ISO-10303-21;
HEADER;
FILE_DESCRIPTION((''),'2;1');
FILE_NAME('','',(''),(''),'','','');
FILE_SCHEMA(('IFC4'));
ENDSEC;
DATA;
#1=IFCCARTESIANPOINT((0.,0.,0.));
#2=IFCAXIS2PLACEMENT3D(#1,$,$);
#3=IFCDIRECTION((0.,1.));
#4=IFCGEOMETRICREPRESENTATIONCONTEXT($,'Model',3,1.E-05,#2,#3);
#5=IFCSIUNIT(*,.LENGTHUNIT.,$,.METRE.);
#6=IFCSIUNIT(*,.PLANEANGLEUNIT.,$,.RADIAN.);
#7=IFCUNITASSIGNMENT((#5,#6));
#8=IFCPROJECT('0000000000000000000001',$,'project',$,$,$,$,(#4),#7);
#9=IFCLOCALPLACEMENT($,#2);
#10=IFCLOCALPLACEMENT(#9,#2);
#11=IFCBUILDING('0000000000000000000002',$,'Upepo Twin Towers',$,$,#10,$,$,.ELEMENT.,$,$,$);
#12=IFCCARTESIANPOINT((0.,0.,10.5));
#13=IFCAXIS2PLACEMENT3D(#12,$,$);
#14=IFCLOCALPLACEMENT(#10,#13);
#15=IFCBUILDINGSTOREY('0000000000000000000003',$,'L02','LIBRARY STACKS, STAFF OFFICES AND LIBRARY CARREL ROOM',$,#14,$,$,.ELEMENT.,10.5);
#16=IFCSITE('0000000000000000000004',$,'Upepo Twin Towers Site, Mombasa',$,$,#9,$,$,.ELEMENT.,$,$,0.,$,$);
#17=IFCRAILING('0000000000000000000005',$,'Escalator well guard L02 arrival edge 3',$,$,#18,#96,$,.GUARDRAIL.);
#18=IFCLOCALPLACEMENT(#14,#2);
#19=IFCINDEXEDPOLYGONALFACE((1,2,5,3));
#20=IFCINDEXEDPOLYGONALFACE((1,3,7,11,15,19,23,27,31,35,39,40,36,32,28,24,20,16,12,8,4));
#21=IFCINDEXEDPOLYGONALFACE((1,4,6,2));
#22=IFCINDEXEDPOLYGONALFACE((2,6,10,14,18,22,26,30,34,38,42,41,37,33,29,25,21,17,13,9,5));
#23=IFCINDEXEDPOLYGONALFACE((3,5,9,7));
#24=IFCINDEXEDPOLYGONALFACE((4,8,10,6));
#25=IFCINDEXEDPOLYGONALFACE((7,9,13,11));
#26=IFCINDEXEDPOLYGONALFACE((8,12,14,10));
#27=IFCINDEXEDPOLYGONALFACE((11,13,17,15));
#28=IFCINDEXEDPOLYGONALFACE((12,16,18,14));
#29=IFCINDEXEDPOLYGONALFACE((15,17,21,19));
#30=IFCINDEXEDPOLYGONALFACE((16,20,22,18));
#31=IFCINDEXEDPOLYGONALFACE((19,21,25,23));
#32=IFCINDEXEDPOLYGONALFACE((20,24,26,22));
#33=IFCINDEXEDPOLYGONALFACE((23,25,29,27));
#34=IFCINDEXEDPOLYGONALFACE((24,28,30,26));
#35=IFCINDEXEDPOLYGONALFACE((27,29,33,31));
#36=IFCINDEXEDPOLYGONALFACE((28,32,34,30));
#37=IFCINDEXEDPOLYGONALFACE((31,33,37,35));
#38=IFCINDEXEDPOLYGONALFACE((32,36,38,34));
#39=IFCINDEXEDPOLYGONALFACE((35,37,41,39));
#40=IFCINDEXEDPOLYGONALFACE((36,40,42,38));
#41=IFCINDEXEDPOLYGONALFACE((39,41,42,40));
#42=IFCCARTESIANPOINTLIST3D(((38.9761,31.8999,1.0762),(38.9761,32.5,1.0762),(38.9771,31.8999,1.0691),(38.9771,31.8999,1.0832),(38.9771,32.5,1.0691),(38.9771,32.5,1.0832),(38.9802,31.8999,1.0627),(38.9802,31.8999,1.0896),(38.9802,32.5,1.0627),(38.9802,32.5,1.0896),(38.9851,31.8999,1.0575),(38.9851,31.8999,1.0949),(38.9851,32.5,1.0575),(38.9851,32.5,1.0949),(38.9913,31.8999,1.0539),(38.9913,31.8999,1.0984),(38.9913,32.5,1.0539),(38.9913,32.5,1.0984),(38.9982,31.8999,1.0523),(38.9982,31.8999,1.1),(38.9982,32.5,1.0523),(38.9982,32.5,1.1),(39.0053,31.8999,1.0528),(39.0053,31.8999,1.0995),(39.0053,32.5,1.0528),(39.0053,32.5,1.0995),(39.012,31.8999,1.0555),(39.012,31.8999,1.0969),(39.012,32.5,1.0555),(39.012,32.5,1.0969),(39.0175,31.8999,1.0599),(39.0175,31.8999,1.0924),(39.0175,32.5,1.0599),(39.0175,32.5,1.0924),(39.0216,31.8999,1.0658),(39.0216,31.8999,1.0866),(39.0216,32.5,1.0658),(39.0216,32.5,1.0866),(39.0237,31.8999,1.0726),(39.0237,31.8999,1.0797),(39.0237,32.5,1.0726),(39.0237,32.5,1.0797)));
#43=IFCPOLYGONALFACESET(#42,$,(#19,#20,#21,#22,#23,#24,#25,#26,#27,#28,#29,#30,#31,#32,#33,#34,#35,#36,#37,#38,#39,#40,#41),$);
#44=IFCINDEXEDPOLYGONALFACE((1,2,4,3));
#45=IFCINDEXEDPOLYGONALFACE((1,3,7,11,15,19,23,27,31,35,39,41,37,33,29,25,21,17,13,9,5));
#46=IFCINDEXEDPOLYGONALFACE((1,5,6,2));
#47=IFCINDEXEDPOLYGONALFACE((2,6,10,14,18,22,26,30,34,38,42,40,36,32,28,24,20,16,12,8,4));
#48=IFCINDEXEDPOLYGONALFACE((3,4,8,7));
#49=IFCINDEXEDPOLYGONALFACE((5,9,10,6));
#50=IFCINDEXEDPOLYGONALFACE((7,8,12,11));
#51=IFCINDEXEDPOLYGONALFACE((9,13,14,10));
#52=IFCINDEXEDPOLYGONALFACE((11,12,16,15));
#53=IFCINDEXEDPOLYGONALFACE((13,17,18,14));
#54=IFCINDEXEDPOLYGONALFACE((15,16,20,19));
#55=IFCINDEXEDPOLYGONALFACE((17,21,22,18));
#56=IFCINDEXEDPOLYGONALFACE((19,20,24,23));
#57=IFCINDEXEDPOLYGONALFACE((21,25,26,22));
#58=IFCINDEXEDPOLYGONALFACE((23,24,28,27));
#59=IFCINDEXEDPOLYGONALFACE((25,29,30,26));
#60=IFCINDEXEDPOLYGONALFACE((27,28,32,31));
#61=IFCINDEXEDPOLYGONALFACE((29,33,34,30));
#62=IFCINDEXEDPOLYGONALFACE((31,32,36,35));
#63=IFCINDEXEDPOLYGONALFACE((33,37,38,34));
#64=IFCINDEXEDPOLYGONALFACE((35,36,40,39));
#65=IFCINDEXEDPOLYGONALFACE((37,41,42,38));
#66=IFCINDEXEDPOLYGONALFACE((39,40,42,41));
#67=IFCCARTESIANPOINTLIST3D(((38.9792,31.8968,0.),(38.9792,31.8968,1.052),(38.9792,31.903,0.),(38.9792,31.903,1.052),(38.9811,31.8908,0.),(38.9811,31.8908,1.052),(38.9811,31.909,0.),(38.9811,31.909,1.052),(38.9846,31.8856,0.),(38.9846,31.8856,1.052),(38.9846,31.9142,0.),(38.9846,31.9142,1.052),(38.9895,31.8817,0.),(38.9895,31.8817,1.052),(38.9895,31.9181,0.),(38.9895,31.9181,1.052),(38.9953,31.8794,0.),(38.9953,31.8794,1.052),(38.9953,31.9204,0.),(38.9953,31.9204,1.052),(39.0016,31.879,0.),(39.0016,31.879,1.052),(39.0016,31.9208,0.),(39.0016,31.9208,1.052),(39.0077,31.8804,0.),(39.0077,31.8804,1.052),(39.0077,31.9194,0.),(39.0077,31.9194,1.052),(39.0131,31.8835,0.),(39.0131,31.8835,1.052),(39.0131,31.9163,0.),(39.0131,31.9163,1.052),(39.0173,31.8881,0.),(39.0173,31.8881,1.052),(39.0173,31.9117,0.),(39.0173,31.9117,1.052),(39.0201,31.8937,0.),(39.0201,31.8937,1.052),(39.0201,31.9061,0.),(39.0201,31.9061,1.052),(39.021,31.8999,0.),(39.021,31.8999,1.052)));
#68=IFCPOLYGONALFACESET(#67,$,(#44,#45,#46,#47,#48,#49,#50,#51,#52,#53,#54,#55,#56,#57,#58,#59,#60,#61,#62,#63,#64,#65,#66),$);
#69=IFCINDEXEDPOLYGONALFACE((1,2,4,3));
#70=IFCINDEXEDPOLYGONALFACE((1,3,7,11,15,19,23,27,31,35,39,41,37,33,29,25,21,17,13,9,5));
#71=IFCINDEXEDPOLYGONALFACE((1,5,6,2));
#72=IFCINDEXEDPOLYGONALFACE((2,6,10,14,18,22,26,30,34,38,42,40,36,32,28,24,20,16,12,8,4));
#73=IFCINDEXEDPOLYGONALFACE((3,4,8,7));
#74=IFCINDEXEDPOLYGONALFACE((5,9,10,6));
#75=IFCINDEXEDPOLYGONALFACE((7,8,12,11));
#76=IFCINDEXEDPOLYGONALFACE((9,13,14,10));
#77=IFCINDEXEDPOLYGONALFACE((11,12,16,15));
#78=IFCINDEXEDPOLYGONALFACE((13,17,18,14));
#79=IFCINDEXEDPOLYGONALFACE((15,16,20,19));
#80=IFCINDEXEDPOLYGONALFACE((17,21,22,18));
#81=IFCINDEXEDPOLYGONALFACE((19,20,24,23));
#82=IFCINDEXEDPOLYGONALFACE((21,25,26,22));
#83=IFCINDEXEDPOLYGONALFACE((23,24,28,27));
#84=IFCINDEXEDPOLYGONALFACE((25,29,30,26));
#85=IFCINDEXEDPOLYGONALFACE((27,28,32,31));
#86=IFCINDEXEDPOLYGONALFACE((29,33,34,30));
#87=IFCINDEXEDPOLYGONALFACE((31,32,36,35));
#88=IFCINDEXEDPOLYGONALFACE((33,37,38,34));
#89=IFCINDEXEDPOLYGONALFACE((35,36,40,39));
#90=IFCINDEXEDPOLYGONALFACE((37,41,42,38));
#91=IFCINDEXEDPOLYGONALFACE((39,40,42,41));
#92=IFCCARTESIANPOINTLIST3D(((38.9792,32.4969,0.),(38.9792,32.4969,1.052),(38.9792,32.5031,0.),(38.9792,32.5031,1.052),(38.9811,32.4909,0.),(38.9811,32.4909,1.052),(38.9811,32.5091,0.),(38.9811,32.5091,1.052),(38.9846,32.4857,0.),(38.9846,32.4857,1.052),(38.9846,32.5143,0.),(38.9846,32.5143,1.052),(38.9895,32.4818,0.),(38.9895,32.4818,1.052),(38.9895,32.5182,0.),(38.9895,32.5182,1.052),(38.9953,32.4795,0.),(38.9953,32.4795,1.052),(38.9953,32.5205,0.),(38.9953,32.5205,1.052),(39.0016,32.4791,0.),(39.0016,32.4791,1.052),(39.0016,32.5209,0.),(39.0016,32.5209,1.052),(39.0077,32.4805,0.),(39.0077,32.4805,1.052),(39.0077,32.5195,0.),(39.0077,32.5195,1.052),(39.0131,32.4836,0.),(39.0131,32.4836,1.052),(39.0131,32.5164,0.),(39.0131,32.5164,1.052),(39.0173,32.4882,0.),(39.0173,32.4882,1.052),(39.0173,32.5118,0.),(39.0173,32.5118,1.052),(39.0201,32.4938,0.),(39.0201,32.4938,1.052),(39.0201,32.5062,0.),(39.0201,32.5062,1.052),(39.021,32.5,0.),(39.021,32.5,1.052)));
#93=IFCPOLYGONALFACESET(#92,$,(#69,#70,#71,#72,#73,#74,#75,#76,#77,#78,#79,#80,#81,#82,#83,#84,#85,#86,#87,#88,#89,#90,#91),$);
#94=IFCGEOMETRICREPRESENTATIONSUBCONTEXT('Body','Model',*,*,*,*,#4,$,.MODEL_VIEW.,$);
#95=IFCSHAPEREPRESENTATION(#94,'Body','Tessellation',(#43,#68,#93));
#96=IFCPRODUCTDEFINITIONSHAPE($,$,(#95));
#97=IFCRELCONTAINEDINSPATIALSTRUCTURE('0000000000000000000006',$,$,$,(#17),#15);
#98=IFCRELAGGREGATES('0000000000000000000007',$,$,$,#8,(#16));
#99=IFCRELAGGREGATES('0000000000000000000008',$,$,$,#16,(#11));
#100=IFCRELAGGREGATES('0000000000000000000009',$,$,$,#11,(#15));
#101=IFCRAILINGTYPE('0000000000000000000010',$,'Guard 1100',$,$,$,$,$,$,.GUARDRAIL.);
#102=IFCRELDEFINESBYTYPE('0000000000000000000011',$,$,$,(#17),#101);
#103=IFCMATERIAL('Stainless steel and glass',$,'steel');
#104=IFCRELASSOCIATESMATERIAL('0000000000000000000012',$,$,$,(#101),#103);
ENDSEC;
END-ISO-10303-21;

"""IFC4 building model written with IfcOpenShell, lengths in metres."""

from ifc_helpers import new_model, si_unit, direction, frame, origin, origin_2d, place, context, subcontext, project, spatial, circle, extrude, material, type_object, element, save


model = new_model("IFC4")

# Units and contexts
model_context = context("Model", 3, precision=1e-05, world=origin(), true_north=direction((0.0, 1.0)))
body_context = subcontext(model_context, "Body", "Model", "MODEL_VIEW")
ifc_project = project(units=[si_unit("LENGTHUNIT", "METRE"), si_unit("PLANEANGLEUNIT", "RADIAN")], contexts=[model_context])

# Site, building, storey
site_placement = place(None, origin())
site = spatial("IfcSite", under=ifc_project, at=site_placement, Name="Upepo Twin Towers Site, Mombasa", CompositionType="ELEMENT", RefElevation=0.0)
building_placement = place(site_placement, origin())
building = spatial("IfcBuilding", under=site, at=building_placement, Name="Upepo Twin Towers", CompositionType="ELEMENT")
storey_placement = place(building_placement, frame((0.0, 0.0, 10.5)))
storey = spatial("IfcBuildingStorey", under=building, at=storey_placement, Name="L02", Description="LIBRARY STACKS, STAFF OFFICES AND LIBRARY CARREL ROOM", CompositionType="ELEMENT", Elevation=10.5)

# Railing
ifc_material_1 = material(Name="Stainless steel and glass", Category="steel")
railing_type = type_object("IfcRailingType", Name="Guard 1100", PredefinedType="GUARDRAIL", material=ifc_material_1)
for number, where, name in (
    (1, (39.0, 31.8999, 0.0), "Escalator well guard L02 arrival edge 3"),
):
    element("IfcRailing", number, at=place(storey_placement, frame(where)), inside=storey, type_object=railing_type, Name=name, PredefinedType="GUARDRAIL", context=body_context, shape_type="SweptSolid", body=[
        extrude(circle(Radius=0.0239, at=origin_2d()), frame((0.0, 0.0, 1.0762), z_axis=(0.0, 1.0, 0.0), x_axis=(-1.0, 0.0, 0.0)), (0.0, 0.0, 1.0), 0.6001),
        extrude(circle(Radius=0.021, at=origin_2d()), origin(), (0.0, 0.0, 1.0), 1.052),
        extrude(circle(Radius=0.021, at=origin_2d()), frame((0.0, 0.6001, 0.0)), (0.0, 0.0, 1.0), 1.052),
    ])

save(model, "model.ifc")
